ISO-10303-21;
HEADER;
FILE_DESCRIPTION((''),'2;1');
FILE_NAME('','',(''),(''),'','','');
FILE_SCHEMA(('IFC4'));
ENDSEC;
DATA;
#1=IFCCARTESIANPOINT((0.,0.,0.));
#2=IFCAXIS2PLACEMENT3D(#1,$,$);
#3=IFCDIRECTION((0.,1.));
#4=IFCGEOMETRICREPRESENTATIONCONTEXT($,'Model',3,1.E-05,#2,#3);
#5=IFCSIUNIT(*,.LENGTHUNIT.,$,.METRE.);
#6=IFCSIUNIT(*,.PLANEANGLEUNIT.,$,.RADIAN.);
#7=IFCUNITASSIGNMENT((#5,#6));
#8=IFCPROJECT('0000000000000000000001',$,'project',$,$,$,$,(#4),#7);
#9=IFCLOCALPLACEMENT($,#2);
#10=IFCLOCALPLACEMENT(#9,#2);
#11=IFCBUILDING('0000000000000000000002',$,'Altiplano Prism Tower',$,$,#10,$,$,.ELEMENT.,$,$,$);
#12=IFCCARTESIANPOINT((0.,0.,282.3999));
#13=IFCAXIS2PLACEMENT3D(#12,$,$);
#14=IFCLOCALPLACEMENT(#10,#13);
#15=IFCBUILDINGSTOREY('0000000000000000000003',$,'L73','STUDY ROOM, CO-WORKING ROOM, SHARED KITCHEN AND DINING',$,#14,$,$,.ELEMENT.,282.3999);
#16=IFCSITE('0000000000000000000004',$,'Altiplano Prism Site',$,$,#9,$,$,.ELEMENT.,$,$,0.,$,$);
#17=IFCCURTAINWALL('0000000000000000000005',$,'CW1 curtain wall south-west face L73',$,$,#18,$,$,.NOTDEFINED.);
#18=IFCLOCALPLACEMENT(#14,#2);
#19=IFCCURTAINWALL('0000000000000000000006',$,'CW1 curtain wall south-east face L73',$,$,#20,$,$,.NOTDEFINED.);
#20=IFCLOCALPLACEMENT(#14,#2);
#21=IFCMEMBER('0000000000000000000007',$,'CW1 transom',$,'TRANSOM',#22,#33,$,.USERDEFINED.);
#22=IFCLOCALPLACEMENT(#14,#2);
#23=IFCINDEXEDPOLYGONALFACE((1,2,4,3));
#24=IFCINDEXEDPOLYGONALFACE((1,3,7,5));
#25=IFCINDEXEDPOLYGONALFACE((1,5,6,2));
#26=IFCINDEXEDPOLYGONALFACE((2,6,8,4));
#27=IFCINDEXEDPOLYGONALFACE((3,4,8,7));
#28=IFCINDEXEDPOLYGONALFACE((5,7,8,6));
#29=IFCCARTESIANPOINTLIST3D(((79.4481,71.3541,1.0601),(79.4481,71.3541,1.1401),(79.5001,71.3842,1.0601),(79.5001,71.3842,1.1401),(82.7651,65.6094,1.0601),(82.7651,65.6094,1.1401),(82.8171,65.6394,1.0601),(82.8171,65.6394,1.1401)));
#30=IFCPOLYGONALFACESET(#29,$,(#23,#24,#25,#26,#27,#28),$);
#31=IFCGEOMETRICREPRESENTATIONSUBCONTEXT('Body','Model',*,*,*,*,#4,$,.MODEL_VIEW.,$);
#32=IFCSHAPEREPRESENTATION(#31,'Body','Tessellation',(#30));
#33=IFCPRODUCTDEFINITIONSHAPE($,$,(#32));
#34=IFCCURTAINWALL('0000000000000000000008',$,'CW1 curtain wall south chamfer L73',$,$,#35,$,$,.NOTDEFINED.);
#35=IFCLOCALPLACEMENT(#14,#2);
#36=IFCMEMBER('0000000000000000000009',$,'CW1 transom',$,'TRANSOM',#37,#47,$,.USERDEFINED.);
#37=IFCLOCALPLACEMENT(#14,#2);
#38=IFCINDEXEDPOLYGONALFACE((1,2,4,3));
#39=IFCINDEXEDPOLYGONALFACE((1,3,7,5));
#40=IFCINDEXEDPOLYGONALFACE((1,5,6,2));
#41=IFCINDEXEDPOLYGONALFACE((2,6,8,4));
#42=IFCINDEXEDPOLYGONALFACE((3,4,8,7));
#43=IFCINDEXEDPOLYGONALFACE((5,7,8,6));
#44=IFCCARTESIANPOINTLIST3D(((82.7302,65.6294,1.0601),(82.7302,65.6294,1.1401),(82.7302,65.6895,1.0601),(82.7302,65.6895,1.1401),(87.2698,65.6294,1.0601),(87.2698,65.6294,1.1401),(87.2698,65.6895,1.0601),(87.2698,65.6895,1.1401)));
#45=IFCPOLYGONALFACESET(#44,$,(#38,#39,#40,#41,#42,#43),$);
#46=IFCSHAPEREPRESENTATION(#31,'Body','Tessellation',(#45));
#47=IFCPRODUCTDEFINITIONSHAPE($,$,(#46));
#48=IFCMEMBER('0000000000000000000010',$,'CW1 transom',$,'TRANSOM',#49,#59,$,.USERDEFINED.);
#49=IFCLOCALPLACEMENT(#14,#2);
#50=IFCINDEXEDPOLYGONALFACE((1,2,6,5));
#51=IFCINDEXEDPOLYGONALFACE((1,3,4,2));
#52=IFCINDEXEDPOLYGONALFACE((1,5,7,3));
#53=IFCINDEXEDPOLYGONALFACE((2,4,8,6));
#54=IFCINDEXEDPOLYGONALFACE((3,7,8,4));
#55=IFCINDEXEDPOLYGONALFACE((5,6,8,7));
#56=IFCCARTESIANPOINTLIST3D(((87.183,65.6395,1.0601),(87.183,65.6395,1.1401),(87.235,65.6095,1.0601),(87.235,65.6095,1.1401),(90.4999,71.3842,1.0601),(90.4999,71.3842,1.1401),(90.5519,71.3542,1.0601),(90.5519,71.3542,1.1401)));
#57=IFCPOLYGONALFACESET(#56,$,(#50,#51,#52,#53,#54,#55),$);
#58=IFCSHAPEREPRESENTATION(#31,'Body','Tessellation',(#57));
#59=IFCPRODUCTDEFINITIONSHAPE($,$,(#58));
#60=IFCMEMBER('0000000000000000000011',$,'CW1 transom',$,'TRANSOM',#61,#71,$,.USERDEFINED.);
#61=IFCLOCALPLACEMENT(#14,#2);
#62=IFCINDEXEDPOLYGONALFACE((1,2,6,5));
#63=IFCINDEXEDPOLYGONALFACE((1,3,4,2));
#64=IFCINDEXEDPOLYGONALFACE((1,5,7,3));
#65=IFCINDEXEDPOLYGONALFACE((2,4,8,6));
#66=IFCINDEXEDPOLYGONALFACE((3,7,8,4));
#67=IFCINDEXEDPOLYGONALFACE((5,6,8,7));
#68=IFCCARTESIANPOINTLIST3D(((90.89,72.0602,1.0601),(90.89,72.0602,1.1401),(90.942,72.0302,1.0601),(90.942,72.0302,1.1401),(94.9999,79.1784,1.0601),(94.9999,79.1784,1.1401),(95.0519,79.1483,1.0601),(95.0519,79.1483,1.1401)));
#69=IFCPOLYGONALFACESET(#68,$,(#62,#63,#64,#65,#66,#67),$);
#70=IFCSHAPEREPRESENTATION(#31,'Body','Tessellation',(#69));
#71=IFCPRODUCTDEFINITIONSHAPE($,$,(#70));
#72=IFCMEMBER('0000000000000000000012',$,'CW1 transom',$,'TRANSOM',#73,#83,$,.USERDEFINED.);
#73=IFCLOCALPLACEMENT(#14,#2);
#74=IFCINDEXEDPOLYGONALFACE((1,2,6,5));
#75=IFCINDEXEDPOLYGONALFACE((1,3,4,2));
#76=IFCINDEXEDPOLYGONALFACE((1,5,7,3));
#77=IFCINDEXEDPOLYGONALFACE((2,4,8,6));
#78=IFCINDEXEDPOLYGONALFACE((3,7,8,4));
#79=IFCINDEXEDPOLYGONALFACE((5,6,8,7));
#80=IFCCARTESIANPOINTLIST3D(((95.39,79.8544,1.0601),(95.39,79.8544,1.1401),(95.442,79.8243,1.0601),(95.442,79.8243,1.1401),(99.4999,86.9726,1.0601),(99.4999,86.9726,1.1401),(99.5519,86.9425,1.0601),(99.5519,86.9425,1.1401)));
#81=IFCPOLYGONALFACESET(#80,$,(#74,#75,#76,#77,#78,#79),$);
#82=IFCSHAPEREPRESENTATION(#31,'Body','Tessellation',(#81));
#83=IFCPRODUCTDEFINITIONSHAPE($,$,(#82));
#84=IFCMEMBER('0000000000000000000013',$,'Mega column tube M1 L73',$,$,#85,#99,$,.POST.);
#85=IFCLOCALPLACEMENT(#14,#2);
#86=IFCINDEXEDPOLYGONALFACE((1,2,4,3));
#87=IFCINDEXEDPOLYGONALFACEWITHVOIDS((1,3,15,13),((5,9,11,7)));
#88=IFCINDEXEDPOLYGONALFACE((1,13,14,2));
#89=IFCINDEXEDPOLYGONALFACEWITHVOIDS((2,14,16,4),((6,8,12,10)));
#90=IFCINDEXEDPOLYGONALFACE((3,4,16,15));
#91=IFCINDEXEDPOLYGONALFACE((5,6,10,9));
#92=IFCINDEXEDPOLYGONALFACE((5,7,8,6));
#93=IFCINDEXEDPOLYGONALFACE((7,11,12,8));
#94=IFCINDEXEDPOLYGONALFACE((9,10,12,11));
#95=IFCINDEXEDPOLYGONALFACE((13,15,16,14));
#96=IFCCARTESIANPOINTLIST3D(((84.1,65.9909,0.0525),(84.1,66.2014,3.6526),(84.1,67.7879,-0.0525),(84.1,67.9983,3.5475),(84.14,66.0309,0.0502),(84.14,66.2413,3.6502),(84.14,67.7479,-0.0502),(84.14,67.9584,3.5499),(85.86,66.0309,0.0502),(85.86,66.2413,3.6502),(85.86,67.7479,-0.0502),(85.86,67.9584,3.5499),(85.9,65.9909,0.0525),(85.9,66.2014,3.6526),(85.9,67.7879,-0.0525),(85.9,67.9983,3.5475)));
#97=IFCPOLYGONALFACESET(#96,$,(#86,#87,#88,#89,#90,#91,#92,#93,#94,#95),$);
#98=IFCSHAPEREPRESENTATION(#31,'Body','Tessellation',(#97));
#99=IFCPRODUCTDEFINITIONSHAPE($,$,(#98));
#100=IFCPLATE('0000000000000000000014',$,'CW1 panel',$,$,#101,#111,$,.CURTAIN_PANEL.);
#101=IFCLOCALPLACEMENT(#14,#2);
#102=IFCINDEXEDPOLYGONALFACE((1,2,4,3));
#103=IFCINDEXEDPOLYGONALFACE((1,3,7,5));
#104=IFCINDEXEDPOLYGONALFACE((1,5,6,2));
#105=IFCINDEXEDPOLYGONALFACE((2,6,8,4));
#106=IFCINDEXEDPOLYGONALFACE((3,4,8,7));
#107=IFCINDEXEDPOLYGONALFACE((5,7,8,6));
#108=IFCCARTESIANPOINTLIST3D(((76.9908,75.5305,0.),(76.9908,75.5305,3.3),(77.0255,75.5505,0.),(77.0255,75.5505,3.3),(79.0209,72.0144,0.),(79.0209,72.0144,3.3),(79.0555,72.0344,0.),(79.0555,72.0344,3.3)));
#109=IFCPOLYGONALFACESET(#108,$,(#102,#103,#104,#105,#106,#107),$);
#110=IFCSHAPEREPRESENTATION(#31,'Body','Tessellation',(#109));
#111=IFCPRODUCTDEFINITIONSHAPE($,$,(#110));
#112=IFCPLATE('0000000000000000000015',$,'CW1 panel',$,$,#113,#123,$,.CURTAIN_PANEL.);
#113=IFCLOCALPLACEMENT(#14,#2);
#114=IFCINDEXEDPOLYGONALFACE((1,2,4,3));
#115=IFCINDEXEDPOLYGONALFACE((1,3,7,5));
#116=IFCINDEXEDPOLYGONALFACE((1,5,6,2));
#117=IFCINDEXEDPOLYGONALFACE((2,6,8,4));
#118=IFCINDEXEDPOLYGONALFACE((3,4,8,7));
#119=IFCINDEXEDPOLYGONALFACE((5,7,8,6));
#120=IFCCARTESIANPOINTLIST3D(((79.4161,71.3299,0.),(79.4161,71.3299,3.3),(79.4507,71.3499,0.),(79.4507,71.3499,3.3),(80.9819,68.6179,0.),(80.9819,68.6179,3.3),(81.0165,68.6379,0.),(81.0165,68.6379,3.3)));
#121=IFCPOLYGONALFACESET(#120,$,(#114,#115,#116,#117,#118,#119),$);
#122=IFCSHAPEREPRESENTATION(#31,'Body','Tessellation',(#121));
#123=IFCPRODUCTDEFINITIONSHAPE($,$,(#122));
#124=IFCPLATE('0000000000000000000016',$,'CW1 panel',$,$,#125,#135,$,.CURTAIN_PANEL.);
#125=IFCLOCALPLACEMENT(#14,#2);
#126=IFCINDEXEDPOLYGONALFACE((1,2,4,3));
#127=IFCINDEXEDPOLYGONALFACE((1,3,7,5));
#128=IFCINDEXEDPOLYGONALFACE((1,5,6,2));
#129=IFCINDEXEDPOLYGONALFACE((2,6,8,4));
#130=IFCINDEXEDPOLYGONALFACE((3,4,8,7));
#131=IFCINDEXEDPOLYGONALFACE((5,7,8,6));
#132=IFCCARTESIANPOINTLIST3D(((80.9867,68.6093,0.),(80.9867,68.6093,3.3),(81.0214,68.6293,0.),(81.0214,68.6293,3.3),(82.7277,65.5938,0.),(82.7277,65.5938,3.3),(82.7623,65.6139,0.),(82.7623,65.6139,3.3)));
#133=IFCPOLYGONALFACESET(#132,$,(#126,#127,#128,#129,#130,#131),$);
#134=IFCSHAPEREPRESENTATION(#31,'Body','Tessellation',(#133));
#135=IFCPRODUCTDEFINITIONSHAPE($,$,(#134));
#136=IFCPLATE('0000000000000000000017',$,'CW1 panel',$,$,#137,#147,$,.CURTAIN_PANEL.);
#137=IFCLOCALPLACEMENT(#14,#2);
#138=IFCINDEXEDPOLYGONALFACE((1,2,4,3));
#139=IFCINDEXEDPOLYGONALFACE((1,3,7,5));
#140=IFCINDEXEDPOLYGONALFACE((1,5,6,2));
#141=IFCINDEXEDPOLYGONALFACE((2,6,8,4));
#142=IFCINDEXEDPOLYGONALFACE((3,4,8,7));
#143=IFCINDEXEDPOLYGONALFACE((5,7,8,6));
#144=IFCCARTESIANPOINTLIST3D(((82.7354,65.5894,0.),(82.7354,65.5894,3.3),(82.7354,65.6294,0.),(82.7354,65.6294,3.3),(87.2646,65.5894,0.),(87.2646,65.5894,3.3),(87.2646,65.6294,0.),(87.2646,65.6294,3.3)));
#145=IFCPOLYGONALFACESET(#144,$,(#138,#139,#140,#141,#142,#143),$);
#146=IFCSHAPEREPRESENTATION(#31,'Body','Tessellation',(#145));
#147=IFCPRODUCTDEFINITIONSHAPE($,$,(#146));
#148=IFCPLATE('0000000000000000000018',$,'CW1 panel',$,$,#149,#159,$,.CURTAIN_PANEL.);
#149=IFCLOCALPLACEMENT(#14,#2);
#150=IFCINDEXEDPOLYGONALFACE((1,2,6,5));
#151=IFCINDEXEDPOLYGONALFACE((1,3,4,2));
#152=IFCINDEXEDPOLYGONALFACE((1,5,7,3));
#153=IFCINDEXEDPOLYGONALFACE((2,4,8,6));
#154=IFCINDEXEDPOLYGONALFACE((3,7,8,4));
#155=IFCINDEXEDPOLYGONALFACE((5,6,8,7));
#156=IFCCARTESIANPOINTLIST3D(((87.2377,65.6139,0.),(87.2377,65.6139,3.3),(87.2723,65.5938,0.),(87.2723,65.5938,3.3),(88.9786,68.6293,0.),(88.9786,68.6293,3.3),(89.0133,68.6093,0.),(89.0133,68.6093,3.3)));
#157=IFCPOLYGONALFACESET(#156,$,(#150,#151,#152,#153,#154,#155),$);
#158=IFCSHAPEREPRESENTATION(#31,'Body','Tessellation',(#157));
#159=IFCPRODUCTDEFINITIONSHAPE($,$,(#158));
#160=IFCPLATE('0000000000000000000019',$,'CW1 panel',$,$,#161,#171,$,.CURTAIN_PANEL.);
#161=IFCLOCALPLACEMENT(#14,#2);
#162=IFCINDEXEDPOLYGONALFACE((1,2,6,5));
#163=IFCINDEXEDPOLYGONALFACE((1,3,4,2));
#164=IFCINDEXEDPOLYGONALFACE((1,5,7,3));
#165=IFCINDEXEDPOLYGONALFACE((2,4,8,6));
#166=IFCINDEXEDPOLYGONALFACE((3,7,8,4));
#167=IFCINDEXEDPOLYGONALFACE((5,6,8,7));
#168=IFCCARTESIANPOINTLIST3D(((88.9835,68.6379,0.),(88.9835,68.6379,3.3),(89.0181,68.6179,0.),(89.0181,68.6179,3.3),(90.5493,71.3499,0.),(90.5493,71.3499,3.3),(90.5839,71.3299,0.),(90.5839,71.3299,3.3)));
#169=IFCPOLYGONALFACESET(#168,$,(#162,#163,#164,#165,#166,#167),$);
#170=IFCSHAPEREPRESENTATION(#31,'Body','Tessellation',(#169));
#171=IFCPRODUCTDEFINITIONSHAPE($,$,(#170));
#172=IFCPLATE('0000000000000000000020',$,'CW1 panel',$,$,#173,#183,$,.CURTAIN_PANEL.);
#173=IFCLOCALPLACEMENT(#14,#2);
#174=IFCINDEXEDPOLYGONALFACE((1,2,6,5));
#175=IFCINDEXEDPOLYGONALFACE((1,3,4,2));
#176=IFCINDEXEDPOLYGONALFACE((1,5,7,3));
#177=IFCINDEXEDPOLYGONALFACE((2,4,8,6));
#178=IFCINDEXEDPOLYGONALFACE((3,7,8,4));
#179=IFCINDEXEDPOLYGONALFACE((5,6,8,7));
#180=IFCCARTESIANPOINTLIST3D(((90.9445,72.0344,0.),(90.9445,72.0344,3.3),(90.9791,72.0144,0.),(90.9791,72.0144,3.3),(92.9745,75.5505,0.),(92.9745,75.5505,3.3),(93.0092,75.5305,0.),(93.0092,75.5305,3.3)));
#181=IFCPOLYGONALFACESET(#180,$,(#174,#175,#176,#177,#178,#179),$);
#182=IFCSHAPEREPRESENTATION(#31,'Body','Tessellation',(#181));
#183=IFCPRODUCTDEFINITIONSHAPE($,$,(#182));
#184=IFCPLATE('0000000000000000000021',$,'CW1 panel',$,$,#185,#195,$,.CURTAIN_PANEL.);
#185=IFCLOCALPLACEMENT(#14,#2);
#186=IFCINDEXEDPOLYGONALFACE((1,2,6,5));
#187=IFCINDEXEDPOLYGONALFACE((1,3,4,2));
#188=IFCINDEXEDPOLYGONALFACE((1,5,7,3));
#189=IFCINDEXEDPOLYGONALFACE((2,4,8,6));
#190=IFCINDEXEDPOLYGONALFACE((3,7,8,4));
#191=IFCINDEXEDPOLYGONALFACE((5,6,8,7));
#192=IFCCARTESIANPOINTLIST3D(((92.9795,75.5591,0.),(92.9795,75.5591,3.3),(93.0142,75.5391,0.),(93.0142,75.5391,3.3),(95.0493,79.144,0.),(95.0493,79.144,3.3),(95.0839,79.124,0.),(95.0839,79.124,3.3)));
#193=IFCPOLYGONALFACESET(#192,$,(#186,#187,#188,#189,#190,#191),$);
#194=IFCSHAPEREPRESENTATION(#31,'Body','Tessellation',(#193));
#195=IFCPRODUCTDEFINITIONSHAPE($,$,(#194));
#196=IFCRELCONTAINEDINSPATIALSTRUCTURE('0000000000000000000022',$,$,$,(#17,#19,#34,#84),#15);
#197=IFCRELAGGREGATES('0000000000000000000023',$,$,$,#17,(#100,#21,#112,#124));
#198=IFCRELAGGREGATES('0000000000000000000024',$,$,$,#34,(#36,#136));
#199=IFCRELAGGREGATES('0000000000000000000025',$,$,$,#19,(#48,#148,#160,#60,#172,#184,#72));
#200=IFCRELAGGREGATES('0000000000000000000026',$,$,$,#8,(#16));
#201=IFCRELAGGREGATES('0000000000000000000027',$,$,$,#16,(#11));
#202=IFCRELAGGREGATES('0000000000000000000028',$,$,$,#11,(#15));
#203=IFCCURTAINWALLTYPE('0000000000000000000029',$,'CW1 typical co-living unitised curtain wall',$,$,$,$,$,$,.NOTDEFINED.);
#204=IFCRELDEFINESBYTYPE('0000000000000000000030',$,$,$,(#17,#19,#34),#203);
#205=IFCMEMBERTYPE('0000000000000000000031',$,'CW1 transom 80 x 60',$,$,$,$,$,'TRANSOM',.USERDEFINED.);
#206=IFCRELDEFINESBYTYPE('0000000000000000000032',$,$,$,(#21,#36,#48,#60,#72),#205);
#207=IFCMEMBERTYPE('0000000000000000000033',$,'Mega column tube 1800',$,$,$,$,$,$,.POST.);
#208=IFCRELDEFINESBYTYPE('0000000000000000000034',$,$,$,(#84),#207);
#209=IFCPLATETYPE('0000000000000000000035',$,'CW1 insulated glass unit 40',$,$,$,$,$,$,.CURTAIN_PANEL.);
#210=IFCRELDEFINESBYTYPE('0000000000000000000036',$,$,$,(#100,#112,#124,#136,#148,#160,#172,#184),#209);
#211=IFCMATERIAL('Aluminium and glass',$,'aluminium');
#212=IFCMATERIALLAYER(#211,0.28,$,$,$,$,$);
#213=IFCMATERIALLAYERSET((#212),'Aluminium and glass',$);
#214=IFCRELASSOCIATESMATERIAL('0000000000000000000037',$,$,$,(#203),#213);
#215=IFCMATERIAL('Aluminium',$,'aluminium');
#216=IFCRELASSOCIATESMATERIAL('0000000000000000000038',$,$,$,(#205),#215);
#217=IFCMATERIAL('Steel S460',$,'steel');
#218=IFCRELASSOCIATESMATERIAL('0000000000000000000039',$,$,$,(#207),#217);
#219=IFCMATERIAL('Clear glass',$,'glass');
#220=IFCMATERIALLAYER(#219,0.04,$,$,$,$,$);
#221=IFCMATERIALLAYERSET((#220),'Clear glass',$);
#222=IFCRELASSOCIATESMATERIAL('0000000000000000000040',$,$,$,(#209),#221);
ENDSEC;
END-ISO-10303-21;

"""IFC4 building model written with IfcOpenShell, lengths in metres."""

from ifc_helpers import new_model, si_unit, direction, frame, origin, origin_2d, place, context, subcontext, project, spatial, rectangle, hollow_rectangle, extrude, material, layer, layer_set, material_profile, profile_set, type_object, element, aggregate, save


model = new_model("IFC4")

# Units and contexts
model_context = context("Model", 3, precision=1e-05, world=origin(), true_north=direction((0.0, 1.0)))
body_context = subcontext(model_context, "Body", "Model", "MODEL_VIEW")
ifc_project = project(units=[si_unit("LENGTHUNIT", "METRE"), si_unit("PLANEANGLEUNIT", "RADIAN")], contexts=[model_context])

# Site, building, storey
site_placement = place(None, origin())
site = spatial("IfcSite", under=ifc_project, at=site_placement, Name="Altiplano Prism Site", CompositionType="ELEMENT", RefElevation=0.0)
building_placement = place(site_placement, origin())
building = spatial("IfcBuilding", under=site, at=building_placement, Name="Altiplano Prism Tower", CompositionType="ELEMENT")
storey_placement = place(building_placement, frame((0.0, 0.0, 282.3999)))
storey = spatial("IfcBuildingStorey", under=building, at=storey_placement, Name="L73", Description="STUDY ROOM, CO-WORKING ROOM, SHARED KITCHEN AND DINING", CompositionType="ELEMENT", Elevation=282.3999)

# Curtain wall
ifc_material_1 = material(Name="Aluminium and glass", Category="aluminium")
ifc_layer_1 = layer(ifc_material_1, 0.28)
ifc_layer_set_1 = layer_set([ifc_layer_1], Name="Aluminium and glass")
curtain_wall_type = type_object("IfcCurtainWallType", Name="CW1 typical co-living unitised curtain wall", PredefinedType="NOTDEFINED", material=ifc_layer_set_1)
curtain_wall_1_placement = place(storey_placement, origin())
curtain_wall_1 = element("IfcCurtainWall", 1, at=curtain_wall_1_placement, inside=storey, type_object=curtain_wall_type, Name="CW1 curtain wall south-west face L73", PredefinedType="NOTDEFINED")
ifc_material_2 = material(Name="Aluminium", Category="aluminium")

# Curtain wall
curtain_wall_2_placement = place(storey_placement, origin())
curtain_wall_2 = element("IfcCurtainWall", 2, at=curtain_wall_2_placement, inside=storey, type_object=curtain_wall_type, Name="CW1 curtain wall south-east face L73", PredefinedType="NOTDEFINED")

# Member
ifc_material_profile_1 = material_profile(ifc_material_2, rectangle(XDim=0.0601, YDim=0.0801, at=origin_2d()), Name="CW1 transom 80 x 60")
ifc_profile_set_1 = profile_set([ifc_material_profile_1], Name="Aluminium")
member_type_1 = type_object("IfcMemberType", Name="CW1 transom 80 x 60", ElementType="TRANSOM", PredefinedType="USERDEFINED", material=ifc_profile_set_1)
member_1_placement = place(storey_placement, frame((79.4741, 71.3691, 1.1001), z_axis=(0.500026, -0.86601, 0.0), x_axis=(0.86601, 0.500026, 0.0)))
member_1 = element("IfcMember", 3, at=member_1_placement, type_object=member_type_1, Name="CW1 transom", ObjectType="TRANSOM", PredefinedType="USERDEFINED", context=body_context, shape_type="SweptSolid", body=[
    extrude(rectangle(XDim=0.0601, YDim=0.0801, at=origin_2d()), origin(), (0.0, 0.0, 1.0), 6.6335),
])

# Curtain wall, member
curtain_wall_3_placement = place(storey_placement, origin())
curtain_wall_3 = element("IfcCurtainWall", 4, at=curtain_wall_3_placement, inside=storey, type_object=curtain_wall_type, Name="CW1 curtain wall south chamfer L73", PredefinedType="NOTDEFINED")
member_2_placement = place(storey_placement, frame((82.7302, 65.6594, 1.1001), z_axis=(1.0, 0.0, 0.0), x_axis=(0.0, 1.0, 0.0)))
member_2 = element("IfcMember", 5, at=member_2_placement, type_object=member_type_1, Name="CW1 transom", ObjectType="TRANSOM", PredefinedType="USERDEFINED", context=body_context, shape_type="SweptSolid", body=[
    extrude(rectangle(XDim=0.0601, YDim=0.0801, at=origin_2d()), origin(), (0.0, 0.0, 1.0), 4.5396),
])

# Members
member_3_placement = place(storey_placement, frame((87.209, 65.6245, 1.1001), z_axis=(0.500026, 0.86601, 0.0), x_axis=(-0.86601, 0.500026, 0.0)))
member_3 = element("IfcMember", 6, at=member_3_placement, type_object=member_type_1, Name="CW1 transom", ObjectType="TRANSOM", PredefinedType="USERDEFINED", context=body_context, shape_type="SweptSolid", body=[
    extrude(rectangle(XDim=0.0601, YDim=0.0801, at=origin_2d()), origin(), (0.0, 0.0, 1.0), 6.6335),
])
member_4_placement = place(storey_placement, frame((90.916, 72.0452, 1.1001), z_axis=(0.500017, 0.866015, 0.0), x_axis=(-0.866015, 0.500017, 0.0)))
member_4 = element("IfcMember", 7, at=member_4_placement, type_object=member_type_1, Name="CW1 transom", ObjectType="TRANSOM", PredefinedType="USERDEFINED", context=body_context, shape_type="SweptSolid", body=[
    extrude(rectangle(XDim=0.0601, YDim=0.0801, at=origin_2d()), origin(), (0.0, 0.0, 1.0), 8.2195),
])
member_5_placement = place(storey_placement, frame((95.416, 79.8394, 1.1001), z_axis=(0.500017, 0.866015, 0.0), x_axis=(-0.866015, 0.500017, 0.0)))
member_5 = element("IfcMember", 8, at=member_5_placement, type_object=member_type_1, Name="CW1 transom", ObjectType="TRANSOM", PredefinedType="USERDEFINED", context=body_context, shape_type="SweptSolid", body=[
    extrude(rectangle(XDim=0.0601, YDim=0.0801, at=origin_2d()), origin(), (0.0, 0.0, 1.0), 8.2195),
])
ifc_material_3 = material(Name="Steel S460", Category="steel")
ifc_material_profile_2 = material_profile(ifc_material_3, hollow_rectangle(XDim=1.8, YDim=1.8, WallThickness=0.04, at=origin_2d()), Name="Mega column tube 1800")
ifc_profile_set_2 = profile_set([ifc_material_profile_2], Name="Steel S460")
member_type_2 = type_object("IfcMemberType", Name="Mega column tube 1800", PredefinedType="POST", material=ifc_profile_set_2)
member_6_placement = place(storey_placement, frame((85.0, 66.8894, 0.0), z_axis=(0.0, 0.058357, 0.998296), x_axis=(-1.0, 0.0, 0.0)))
element("IfcMember", 9, at=member_6_placement, inside=storey, type_object=member_type_2, Name="Mega column tube M1 L73", PredefinedType="POST", context=body_context, shape_type="SweptSolid", body=[
    extrude(hollow_rectangle(XDim=1.8, YDim=1.8, WallThickness=0.04, at=origin_2d()), origin(), (0.0, 0.0, 1.0), 3.6062),
])

# Plates
ifc_material_4 = material(Name="Clear glass", Category="glass")
ifc_layer_2 = layer(ifc_material_4, 0.04)
ifc_layer_set_2 = layer_set([ifc_layer_2], Name="Clear glass")
plate_type = type_object("IfcPlateType", Name="CW1 insulated glass unit 40", PredefinedType="CURTAIN_PANEL", material=ifc_layer_set_2)
plate_1_placement = place(storey_placement, frame((78.0232, 73.7825, 0.0), z_axis=(0.0, 0.0, 1.0), x_axis=(0.5, -0.866025, 0.0)))
plate_1 = element("IfcPlate", 10, at=plate_1_placement, type_object=plate_type, Name="CW1 panel", PredefinedType="CURTAIN_PANEL", context=body_context, shape_type="SweptSolid", body=[
    extrude(rectangle(XDim=4.0601, YDim=0.04, at=origin_2d()), origin(), (0.0, 0.0, 1.0), 3.3),
])
plate_2_placement = place(storey_placement, frame((80.2163, 69.9839, 0.0), z_axis=(0.0, 0.0, 1.0), x_axis=(0.5, -0.866025, 0.0)))
plate_2 = element("IfcPlate", 11, at=plate_2_placement, type_object=plate_type, Name="CW1 panel", PredefinedType="CURTAIN_PANEL", context=body_context, shape_type="SweptSolid", body=[
    extrude(rectangle(XDim=3.1316, YDim=0.04, at=origin_2d()), origin(), (0.0, 0.0, 1.0), 3.3),
])
plate_3_placement = place(storey_placement, frame((81.8745, 67.1116, 0.0), z_axis=(0.0, 0.0, 1.0), x_axis=(0.5, -0.866025, 0.0)))
plate_3 = element("IfcPlate", 12, at=plate_3_placement, type_object=plate_type, Name="CW1 panel", PredefinedType="CURTAIN_PANEL", context=body_context, shape_type="SweptSolid", body=[
    extrude(rectangle(XDim=3.4819, YDim=0.04, at=origin_2d()), origin(), (0.0, 0.0, 1.0), 3.3),
])
aggregate(curtain_wall_1, [plate_1, member_1, plate_2, plate_3])
plate_4_placement = place(storey_placement, frame((85.0, 65.6094, 0.0), z_axis=(0.0, 0.0, 1.0), x_axis=(1.0, 0.0, 0.0)))
plate_4 = element("IfcPlate", 13, at=plate_4_placement, type_object=plate_type, Name="CW1 panel", PredefinedType="CURTAIN_PANEL", context=body_context, shape_type="SweptSolid", body=[
    extrude(rectangle(XDim=4.5293, YDim=0.04, at=origin_2d()), origin(), (0.0, 0.0, 1.0), 3.3),
])
aggregate(curtain_wall_3, [member_2, plate_4])
plate_5_placement = place(storey_placement, frame((88.1255, 67.1116, 0.0), z_axis=(0.0, 0.0, 1.0), x_axis=(0.5, 0.866025, 0.0)))
plate_5 = element("IfcPlate", 14, at=plate_5_placement, type_object=plate_type, Name="CW1 panel", PredefinedType="CURTAIN_PANEL", context=body_context, shape_type="SweptSolid", body=[
    extrude(rectangle(XDim=3.4819, YDim=0.04, at=origin_2d()), origin(), (0.0, 0.0, 1.0), 3.3),
])
plate_6_placement = place(storey_placement, frame((89.7837, 69.9839, 0.0), z_axis=(0.0, 0.0, 1.0), x_axis=(0.5, 0.866025, 0.0)))
plate_6 = element("IfcPlate", 15, at=plate_6_placement, type_object=plate_type, Name="CW1 panel", PredefinedType="CURTAIN_PANEL", context=body_context, shape_type="SweptSolid", body=[
    extrude(rectangle(XDim=3.1316, YDim=0.04, at=origin_2d()), origin(), (0.0, 0.0, 1.0), 3.3),
])
plate_7_placement = place(storey_placement, frame((91.9768, 73.7825, 0.0), z_axis=(0.0, 0.0, 1.0), x_axis=(0.5, 0.866025, 0.0)))
plate_7 = element("IfcPlate", 16, at=plate_7_placement, type_object=plate_type, Name="CW1 panel", PredefinedType="CURTAIN_PANEL", context=body_context, shape_type="SweptSolid", body=[
    extrude(rectangle(XDim=4.0601, YDim=0.04, at=origin_2d()), origin(), (0.0, 0.0, 1.0), 3.3),
])
plate_8_placement = place(storey_placement, frame((94.0317, 77.3416, 0.0), z_axis=(0.0, 0.0, 1.0), x_axis=(0.5, 0.866025, 0.0)))
plate_8 = element("IfcPlate", 17, at=plate_8_placement, type_object=plate_type, Name="CW1 panel", PredefinedType="CURTAIN_PANEL", context=body_context, shape_type="SweptSolid", body=[
    extrude(rectangle(XDim=4.1394, YDim=0.04, at=origin_2d()), origin(), (0.0, 0.0, 1.0), 3.3),
])
aggregate(curtain_wall_2, [member_3, plate_5, plate_6, member_4, plate_7, plate_8, member_5])

save(model, "model.ifc")
